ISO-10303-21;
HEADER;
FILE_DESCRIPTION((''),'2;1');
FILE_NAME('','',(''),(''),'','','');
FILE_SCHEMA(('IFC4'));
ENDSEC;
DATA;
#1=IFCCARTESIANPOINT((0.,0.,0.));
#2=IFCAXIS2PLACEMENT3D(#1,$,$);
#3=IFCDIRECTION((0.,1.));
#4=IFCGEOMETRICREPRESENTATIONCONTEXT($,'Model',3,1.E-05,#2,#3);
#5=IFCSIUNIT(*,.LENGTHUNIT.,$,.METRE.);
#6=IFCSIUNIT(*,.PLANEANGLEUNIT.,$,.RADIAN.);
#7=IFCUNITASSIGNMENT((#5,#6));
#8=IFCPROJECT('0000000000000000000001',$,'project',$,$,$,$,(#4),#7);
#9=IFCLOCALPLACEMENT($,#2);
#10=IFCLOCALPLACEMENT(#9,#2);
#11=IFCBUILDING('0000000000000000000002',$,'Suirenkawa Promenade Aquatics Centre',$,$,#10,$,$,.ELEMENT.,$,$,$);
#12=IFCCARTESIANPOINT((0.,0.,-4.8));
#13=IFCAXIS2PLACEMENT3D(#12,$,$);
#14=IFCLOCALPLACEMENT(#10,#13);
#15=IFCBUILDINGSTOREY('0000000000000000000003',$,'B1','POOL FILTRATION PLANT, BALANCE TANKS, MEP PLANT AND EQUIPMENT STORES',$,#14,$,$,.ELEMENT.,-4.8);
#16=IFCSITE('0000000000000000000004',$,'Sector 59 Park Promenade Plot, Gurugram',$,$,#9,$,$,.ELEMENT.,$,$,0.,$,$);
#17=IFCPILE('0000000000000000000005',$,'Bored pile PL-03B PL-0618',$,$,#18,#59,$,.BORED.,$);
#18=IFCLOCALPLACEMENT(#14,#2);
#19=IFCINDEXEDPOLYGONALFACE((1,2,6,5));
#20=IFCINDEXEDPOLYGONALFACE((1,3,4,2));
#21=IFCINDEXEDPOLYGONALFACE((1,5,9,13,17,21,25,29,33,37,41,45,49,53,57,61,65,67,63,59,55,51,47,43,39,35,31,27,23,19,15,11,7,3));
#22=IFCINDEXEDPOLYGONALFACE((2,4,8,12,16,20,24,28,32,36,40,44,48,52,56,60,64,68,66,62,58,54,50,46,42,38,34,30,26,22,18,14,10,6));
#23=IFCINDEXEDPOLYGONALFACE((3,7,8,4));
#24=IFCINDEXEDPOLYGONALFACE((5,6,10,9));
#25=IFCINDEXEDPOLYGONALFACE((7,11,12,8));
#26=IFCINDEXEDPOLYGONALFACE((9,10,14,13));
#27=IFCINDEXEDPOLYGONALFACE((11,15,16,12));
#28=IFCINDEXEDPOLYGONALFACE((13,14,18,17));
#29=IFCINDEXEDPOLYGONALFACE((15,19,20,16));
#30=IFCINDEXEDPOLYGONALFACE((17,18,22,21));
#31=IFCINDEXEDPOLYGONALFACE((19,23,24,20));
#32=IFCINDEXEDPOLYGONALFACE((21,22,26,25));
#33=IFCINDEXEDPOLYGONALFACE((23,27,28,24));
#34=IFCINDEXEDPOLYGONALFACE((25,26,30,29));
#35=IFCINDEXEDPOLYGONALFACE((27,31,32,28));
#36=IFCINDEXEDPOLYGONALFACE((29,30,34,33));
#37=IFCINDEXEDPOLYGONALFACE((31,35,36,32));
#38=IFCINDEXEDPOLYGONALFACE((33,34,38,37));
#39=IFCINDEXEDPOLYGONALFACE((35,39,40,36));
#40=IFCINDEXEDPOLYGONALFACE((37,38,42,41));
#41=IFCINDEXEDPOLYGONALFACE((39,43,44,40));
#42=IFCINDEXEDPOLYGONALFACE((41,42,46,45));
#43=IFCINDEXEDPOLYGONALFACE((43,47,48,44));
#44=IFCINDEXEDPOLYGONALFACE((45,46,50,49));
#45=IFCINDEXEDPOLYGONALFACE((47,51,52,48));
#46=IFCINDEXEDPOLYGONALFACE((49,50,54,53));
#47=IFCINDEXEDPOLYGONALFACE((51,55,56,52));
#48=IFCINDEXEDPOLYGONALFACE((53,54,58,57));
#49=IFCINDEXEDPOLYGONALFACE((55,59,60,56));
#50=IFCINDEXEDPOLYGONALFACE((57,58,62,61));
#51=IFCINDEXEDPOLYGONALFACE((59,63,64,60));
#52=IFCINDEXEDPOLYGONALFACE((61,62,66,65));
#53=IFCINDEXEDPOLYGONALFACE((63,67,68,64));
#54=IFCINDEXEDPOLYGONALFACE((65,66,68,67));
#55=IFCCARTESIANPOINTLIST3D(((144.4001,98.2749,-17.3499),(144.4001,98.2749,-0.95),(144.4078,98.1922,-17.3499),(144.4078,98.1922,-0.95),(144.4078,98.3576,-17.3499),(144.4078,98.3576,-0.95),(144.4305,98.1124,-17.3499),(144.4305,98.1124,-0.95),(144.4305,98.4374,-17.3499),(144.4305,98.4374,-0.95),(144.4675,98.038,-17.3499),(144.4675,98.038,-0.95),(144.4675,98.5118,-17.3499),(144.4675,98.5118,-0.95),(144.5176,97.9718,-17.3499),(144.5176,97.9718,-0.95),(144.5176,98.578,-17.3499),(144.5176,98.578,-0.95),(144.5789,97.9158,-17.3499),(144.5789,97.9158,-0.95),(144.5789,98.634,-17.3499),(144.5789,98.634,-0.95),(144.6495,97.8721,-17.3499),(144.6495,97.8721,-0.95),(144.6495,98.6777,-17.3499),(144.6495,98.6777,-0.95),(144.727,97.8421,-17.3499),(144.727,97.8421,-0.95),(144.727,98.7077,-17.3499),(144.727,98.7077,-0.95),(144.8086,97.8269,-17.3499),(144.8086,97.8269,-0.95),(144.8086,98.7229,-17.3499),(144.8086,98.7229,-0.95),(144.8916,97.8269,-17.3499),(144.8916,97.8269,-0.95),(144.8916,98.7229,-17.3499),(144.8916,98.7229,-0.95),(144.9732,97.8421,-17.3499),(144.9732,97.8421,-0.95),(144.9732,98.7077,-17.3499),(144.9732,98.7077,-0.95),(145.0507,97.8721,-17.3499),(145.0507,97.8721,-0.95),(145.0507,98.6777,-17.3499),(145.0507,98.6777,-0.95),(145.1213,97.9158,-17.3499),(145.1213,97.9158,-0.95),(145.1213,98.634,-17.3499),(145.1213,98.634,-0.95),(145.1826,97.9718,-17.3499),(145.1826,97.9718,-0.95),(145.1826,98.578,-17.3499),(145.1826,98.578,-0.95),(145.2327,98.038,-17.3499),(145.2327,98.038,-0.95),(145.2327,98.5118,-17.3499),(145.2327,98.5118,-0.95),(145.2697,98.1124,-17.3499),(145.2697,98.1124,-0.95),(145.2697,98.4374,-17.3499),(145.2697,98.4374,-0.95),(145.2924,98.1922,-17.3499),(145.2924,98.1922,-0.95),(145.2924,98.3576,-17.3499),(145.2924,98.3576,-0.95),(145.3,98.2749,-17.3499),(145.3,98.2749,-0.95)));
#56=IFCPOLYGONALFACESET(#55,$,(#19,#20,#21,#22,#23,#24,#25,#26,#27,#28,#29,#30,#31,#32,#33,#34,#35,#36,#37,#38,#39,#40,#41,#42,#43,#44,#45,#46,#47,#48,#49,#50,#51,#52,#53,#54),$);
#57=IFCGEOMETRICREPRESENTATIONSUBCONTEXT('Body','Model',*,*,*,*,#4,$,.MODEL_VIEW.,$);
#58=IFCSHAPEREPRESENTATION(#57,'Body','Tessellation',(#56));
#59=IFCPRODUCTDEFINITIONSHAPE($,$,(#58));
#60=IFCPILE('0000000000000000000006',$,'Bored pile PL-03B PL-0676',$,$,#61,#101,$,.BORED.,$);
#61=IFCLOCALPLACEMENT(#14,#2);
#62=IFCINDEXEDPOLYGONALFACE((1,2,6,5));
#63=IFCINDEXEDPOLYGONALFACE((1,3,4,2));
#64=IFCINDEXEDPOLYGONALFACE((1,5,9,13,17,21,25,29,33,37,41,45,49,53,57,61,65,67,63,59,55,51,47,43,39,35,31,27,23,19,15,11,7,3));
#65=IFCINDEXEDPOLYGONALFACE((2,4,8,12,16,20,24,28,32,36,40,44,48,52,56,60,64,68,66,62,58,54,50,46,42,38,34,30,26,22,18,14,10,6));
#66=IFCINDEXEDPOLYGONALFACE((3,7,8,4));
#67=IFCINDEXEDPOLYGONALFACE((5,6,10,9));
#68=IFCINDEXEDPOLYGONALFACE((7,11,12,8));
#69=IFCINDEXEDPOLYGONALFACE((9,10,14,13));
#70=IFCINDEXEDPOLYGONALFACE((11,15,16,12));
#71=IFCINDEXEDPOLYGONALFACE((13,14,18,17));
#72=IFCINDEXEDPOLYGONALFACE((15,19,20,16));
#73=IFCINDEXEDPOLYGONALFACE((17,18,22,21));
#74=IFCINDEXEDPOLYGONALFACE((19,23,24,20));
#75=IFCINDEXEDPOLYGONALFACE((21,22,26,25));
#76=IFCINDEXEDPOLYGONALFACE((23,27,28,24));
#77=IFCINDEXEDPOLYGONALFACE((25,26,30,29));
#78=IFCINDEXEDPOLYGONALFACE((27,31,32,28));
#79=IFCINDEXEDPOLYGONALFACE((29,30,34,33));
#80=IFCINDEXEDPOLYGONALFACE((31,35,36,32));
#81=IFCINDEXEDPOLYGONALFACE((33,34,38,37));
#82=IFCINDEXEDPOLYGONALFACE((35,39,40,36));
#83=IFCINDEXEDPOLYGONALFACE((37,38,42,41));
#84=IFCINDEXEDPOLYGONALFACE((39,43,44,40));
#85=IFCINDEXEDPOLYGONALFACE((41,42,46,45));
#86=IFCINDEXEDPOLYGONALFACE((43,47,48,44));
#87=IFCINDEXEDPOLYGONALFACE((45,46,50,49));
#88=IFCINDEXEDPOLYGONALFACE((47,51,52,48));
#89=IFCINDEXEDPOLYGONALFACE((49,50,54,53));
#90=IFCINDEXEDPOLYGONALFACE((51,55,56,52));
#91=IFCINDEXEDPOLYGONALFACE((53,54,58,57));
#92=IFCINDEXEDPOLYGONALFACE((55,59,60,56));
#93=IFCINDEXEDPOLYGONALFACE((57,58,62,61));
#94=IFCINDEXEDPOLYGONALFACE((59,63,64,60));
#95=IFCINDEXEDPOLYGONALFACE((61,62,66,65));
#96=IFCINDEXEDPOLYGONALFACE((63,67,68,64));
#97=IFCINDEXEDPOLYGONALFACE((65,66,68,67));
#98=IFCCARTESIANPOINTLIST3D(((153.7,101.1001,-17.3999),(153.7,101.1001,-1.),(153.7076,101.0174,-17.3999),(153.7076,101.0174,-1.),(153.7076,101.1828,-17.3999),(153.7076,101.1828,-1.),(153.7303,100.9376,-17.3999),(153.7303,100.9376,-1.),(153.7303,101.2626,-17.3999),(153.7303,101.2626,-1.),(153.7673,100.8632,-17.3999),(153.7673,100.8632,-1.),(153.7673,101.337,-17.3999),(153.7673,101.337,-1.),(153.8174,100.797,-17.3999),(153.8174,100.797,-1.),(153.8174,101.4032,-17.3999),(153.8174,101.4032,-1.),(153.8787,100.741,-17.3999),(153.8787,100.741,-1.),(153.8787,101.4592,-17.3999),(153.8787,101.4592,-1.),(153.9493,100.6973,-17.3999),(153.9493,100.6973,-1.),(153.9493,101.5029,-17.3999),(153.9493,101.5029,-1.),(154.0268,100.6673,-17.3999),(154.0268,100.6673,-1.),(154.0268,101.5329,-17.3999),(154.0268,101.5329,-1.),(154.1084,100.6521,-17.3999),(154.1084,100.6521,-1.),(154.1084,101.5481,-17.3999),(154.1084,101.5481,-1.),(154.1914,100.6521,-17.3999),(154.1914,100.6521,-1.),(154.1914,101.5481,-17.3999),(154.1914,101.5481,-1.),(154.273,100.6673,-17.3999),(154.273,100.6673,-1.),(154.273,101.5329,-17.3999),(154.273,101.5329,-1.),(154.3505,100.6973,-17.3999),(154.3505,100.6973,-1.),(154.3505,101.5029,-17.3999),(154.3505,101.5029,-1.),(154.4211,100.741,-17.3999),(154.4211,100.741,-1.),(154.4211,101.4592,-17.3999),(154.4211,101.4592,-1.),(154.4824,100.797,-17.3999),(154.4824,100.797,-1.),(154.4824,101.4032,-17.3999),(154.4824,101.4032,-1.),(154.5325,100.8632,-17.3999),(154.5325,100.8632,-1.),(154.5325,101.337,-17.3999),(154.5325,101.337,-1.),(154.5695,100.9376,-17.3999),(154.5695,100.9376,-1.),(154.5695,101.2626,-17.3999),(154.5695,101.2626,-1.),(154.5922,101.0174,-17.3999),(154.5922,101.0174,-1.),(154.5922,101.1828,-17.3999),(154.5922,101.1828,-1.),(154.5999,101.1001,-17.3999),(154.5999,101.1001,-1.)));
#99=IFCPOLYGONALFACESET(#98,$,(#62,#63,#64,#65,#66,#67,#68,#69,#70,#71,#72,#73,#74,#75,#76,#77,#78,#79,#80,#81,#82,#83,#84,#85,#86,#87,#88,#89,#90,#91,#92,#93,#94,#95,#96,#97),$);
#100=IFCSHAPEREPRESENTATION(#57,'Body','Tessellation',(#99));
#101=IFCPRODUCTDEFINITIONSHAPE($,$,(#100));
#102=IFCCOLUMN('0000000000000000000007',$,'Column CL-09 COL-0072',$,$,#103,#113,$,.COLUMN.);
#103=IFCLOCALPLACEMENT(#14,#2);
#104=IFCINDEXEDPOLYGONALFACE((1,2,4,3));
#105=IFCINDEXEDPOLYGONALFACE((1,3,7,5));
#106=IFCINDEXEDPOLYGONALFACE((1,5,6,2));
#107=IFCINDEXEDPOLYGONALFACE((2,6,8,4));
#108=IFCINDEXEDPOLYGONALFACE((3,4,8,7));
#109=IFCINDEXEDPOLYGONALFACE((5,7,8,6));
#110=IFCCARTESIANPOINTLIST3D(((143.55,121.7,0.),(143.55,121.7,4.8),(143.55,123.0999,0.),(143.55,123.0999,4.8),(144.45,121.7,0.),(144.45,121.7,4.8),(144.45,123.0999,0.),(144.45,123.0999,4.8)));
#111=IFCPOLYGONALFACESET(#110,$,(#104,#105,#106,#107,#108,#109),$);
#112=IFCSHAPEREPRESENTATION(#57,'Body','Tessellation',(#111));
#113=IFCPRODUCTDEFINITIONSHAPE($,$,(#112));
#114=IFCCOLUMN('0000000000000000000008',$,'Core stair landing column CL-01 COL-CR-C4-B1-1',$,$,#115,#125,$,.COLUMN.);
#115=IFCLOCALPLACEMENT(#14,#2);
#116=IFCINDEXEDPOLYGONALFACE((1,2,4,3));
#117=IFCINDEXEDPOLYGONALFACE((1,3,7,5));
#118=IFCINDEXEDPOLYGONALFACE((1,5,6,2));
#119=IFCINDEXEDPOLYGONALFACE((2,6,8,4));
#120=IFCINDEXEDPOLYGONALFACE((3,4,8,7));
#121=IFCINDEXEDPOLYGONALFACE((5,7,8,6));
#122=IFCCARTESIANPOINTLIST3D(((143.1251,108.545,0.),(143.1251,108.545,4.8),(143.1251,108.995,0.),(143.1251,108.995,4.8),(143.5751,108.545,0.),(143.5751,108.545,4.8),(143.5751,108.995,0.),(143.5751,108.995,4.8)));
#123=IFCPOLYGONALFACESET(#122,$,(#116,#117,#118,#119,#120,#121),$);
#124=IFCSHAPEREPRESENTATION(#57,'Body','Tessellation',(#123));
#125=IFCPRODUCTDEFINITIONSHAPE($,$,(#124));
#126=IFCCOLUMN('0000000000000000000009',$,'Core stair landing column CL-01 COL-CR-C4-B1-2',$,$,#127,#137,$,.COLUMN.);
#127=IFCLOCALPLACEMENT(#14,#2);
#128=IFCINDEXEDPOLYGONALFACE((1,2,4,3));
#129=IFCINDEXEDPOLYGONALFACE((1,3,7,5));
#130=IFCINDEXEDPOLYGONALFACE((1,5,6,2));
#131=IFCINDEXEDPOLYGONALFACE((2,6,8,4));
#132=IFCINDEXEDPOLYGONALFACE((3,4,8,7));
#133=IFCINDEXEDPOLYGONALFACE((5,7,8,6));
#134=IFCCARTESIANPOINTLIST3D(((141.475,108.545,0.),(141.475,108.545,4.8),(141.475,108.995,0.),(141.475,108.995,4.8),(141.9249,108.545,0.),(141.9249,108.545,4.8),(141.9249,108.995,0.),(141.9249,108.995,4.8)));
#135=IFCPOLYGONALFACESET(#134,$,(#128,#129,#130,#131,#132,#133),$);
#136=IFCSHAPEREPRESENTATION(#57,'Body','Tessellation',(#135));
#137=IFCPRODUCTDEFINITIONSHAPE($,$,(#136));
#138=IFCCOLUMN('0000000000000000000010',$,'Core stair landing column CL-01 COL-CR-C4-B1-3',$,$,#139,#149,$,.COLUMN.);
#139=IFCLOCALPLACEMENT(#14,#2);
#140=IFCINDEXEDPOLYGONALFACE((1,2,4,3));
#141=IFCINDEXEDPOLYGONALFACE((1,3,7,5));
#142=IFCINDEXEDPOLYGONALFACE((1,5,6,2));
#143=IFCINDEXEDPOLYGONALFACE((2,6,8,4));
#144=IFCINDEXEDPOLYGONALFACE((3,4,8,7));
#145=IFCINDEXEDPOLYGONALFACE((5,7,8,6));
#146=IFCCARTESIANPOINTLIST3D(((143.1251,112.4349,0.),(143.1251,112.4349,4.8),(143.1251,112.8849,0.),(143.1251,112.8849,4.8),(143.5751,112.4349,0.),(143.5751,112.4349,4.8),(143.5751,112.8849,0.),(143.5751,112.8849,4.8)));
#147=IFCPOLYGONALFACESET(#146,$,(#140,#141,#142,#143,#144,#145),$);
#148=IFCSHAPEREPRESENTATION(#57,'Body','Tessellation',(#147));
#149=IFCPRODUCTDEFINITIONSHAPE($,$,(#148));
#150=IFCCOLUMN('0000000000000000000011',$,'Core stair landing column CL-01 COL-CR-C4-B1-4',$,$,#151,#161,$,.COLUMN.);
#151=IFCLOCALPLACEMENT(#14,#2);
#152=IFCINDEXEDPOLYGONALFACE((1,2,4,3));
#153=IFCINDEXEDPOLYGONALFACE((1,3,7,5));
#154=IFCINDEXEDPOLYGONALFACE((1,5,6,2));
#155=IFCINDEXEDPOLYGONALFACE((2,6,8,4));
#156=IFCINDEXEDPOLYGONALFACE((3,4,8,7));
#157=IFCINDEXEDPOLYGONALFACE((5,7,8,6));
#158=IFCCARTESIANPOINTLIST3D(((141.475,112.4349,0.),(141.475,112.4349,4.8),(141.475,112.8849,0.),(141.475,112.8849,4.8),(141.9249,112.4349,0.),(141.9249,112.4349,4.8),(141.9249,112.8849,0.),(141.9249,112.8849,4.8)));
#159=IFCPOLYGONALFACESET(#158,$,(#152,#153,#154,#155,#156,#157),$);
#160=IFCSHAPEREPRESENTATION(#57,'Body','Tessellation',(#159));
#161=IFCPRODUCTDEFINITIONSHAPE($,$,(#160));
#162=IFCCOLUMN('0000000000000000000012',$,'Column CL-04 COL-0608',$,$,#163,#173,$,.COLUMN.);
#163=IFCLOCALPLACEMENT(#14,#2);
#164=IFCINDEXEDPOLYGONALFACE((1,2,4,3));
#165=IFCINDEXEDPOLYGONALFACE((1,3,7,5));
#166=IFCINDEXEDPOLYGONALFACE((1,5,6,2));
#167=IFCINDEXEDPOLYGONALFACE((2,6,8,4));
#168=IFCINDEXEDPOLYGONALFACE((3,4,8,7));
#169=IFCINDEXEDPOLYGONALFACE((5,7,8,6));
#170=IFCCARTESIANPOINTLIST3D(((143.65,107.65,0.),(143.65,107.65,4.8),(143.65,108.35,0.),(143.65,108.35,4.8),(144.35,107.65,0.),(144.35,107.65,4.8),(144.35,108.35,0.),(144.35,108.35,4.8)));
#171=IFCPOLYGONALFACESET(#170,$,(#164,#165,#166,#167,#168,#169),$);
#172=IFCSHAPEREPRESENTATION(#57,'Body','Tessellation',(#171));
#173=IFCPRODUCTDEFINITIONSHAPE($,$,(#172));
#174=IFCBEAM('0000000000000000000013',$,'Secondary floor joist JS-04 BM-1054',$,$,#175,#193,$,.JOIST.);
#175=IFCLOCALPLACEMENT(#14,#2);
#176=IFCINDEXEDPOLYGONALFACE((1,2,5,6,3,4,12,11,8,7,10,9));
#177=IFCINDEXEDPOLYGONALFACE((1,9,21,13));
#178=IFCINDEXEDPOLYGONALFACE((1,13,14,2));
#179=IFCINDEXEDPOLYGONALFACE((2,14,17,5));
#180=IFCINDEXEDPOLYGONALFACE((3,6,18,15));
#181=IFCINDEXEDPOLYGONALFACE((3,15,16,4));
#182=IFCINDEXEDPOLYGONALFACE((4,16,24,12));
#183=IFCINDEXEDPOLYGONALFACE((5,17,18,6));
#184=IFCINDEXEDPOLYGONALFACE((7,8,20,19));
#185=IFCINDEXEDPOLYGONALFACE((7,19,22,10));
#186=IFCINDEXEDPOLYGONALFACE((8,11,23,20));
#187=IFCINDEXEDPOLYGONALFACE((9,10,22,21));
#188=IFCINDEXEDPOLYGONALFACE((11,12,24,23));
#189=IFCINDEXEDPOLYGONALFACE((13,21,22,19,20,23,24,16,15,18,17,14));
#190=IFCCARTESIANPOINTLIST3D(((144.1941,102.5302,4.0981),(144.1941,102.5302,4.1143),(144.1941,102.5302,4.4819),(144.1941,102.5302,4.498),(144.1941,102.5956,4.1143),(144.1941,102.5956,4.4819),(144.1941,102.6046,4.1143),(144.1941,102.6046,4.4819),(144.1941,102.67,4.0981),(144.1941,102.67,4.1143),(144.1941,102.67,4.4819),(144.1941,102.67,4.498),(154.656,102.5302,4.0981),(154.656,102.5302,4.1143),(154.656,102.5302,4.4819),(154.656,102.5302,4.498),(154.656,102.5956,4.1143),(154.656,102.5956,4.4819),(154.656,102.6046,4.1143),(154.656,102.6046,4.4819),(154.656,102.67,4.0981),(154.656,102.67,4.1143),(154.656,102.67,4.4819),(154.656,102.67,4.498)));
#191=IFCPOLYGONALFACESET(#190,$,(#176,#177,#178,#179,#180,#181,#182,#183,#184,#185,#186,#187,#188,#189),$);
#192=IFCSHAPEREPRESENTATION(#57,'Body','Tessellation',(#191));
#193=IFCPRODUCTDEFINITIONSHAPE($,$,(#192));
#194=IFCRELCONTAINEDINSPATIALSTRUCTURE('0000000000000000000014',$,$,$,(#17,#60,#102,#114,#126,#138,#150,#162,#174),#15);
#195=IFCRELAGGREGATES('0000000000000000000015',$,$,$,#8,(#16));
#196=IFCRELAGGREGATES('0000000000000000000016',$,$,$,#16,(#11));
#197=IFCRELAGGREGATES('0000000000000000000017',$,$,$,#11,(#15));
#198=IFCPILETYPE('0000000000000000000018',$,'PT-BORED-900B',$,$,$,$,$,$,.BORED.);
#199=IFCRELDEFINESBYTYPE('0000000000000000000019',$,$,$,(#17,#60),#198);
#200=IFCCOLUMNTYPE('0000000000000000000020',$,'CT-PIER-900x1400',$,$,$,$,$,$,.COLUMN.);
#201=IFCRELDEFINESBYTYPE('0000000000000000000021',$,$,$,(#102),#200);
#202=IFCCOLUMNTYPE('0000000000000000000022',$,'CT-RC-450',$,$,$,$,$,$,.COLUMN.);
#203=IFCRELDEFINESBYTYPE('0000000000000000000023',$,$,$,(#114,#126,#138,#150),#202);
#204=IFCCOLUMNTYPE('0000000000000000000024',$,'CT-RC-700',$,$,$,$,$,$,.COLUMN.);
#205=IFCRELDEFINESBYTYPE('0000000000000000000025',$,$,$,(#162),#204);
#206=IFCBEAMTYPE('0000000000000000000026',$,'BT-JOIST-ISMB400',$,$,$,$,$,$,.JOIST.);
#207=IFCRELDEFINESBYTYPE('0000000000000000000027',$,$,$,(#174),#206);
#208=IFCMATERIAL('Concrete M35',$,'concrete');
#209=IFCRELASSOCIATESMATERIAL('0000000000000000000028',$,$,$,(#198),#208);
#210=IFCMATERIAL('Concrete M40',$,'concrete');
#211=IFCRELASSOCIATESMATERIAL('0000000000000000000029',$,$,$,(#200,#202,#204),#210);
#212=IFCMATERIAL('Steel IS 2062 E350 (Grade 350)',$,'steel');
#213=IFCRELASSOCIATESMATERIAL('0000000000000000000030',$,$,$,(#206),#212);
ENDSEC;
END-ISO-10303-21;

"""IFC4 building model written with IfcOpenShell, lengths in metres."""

from ifc_helpers import new_model, si_unit, direction, frame, origin, origin_2d, place, context, subcontext, project, spatial, rectangle, circle, i_section, extrude, material, material_profile, profile_set, type_object, element, save


model = new_model("IFC4")

# Units and contexts
model_context = context("Model", 3, precision=1e-05, world=origin(), true_north=direction((0.0, 1.0)))
body_context = subcontext(model_context, "Body", "Model", "MODEL_VIEW")
ifc_project = project(units=[si_unit("LENGTHUNIT", "METRE"), si_unit("PLANEANGLEUNIT", "RADIAN")], contexts=[model_context])

# Site, building, storey
site_placement = place(None, origin())
site = spatial("IfcSite", under=ifc_project, at=site_placement, Name="Sector 59 Park Promenade Plot, Gurugram", CompositionType="ELEMENT", RefElevation=0.0)
building_placement = place(site_placement, origin())
building = spatial("IfcBuilding", under=site, at=building_placement, Name="Suirenkawa Promenade Aquatics Centre", CompositionType="ELEMENT")
storey_placement = place(building_placement, frame((0.0, 0.0, -4.8)))
storey = spatial("IfcBuildingStorey", under=building, at=storey_placement, Name="B1", Description="POOL FILTRATION PLANT, BALANCE TANKS, MEP PLANT AND EQUIPMENT STORES", CompositionType="ELEMENT", Elevation=-4.8)

# Shared definitions
ifc_material_1 = material(Name="Concrete M35", Category="concrete")

# Piles
ifc_material_profile_1 = material_profile(ifc_material_1, circle(Radius=0.45, at=origin_2d()), Name="PILE D900", Category="concrete")
ifc_profile_set_1 = profile_set([ifc_material_profile_1], Name="Concrete M35")
pile_type_1 = type_object("IfcPileType", Name="PT-BORED-900B", PredefinedType="BORED", material=ifc_profile_set_1)
for number, where, z_axis, x_axis, name in (
    (1, (144.8501, 98.2749, -0.95), (0.0, 0.0, -1.0), (1.0, 0.0, 0.0), "Bored pile PL-03B PL-0618"),
    (2, (154.1499, 101.1001, -1.0), (0.0, 0.0, -1.0), (1.0, 0.0, 0.0), "Bored pile PL-03B PL-0676"),
):
    element("IfcPile", number, at=place(storey_placement, frame(where, z_axis=z_axis, x_axis=x_axis)), inside=storey, type_object=pile_type_1, Name=name, PredefinedType="BORED", context=body_context, shape_type="SweptSolid", body=[
        extrude(circle(Radius=0.45, at=origin_2d()), origin(), (0.0, 0.0, 1.0), 16.3999),
    ])

# Columns
ifc_material_2 = material(Name="Concrete M40", Category="concrete")
ifc_material_profile_2 = material_profile(ifc_material_2, rectangle(XDim=0.8999, YDim=1.3999, at=origin_2d()), Name="RC PIER 900x1400", Category="concrete")
ifc_profile_set_2 = profile_set([ifc_material_profile_2], Name="Concrete M40")
column_type_1 = type_object("IfcColumnType", Name="CT-PIER-900x1400", PredefinedType="COLUMN", material=ifc_profile_set_2)
column_1_placement = place(storey_placement, frame((144.0, 122.3999, 0.0), z_axis=(0.0, 0.0, 1.0), x_axis=(1.0, 0.0, 0.0)))
element("IfcColumn", 3, at=column_1_placement, inside=storey, type_object=column_type_1, Name="Column CL-09 COL-0072", PredefinedType="COLUMN", context=body_context, shape_type="SweptSolid", body=[
    extrude(rectangle(XDim=0.8999, YDim=1.3999, at=origin_2d()), origin(), (0.0, 0.0, 1.0), 4.8),
])
ifc_material_profile_3 = material_profile(ifc_material_2, rectangle(XDim=0.45, YDim=0.45, at=origin_2d()), Name="RC COL 450x450", Category="concrete")
ifc_profile_set_3 = profile_set([ifc_material_profile_3], Name="Concrete M40")
column_type_2 = type_object("IfcColumnType", Name="CT-RC-450", PredefinedType="COLUMN", material=ifc_profile_set_3)
for number, where, z_axis, x_axis, name in (
    (4, (143.3501, 108.77, 0.0), (0.0, 0.0, 1.0), (1.0, 0.0, 0.0), "Core stair landing column CL-01 COL-CR-C4-B1-1"),
    (5, (141.7, 108.77, 0.0), (0.0, 0.0, 1.0), (1.0, 0.0, 0.0), "Core stair landing column CL-01 COL-CR-C4-B1-2"),
    (6, (143.3501, 112.6599, 0.0), (0.0, 0.0, 1.0), (1.0, 0.0, 0.0), "Core stair landing column CL-01 COL-CR-C4-B1-3"),
    (7, (141.7, 112.6599, 0.0), (0.0, 0.0, 1.0), (1.0, 0.0, 0.0), "Core stair landing column CL-01 COL-CR-C4-B1-4"),
):
    element("IfcColumn", number, at=place(storey_placement, frame(where, z_axis=z_axis, x_axis=x_axis)), inside=storey, type_object=column_type_2, Name=name, PredefinedType="COLUMN", context=body_context, shape_type="SweptSolid", body=[
        extrude(rectangle(XDim=0.45, YDim=0.45, at=origin_2d()), origin(), (0.0, 0.0, 1.0), 4.8),
    ])
ifc_material_profile_4 = material_profile(ifc_material_2, rectangle(XDim=0.7, YDim=0.7, at=origin_2d()), Name="RC COL 700x700", Category="concrete")
ifc_profile_set_4 = profile_set([ifc_material_profile_4], Name="Concrete M40")
column_type_3 = type_object("IfcColumnType", Name="CT-RC-700", PredefinedType="COLUMN", material=ifc_profile_set_4)
column_2_placement = place(storey_placement, frame((144.0, 108.0, 0.0), z_axis=(0.0, 0.0, 1.0), x_axis=(1.0, 0.0, 0.0)))
element("IfcColumn", 8, at=column_2_placement, inside=storey, type_object=column_type_3, Name="Column CL-04 COL-0608", PredefinedType="COLUMN", context=body_context, shape_type="SweptSolid", body=[
    extrude(rectangle(XDim=0.7, YDim=0.7, at=origin_2d()), origin(), (0.0, 0.0, 1.0), 4.8),
])

# Beam
ifc_material_3 = material(Name="Steel IS 2062 E350 (Grade 350)", Category="steel")
ifc_material_profile_5 = material_profile(ifc_material_3, i_section(OverallWidth=0.1399, OverallDepth=0.3999, WebThickness=0.009, FlangeThickness=0.0161, at=origin_2d()), Name="ISMB 400", Category="steel")
ifc_profile_set_5 = profile_set([ifc_material_profile_5], Name="Steel IS 2062 E350 (Grade 350)")
beam_type_1 = type_object("IfcBeamType", Name="BT-JOIST-ISMB400", PredefinedType="JOIST", material=ifc_profile_set_5)
for number, where, z_axis, x_axis, name in (
    (9, (144.1941, 102.6001, 4.2981), (1.0, 0.0, 0.0), (0.0, 1.0, 0.0), "Secondary floor joist JS-04 BM-1054"),
):
    element("IfcBeam", number, at=place(storey_placement, frame(where, z_axis=z_axis, x_axis=x_axis)), inside=storey, type_object=beam_type_1, Name=name, PredefinedType="JOIST", context=body_context, shape_type="SweptSolid", body=[
        extrude(i_section(OverallWidth=0.1399, OverallDepth=0.3999, WebThickness=0.009, FlangeThickness=0.0161, at=origin_2d()), origin(), (0.0, 0.0, 1.0), 10.4619),
    ])

save(model, "model.ifc")
